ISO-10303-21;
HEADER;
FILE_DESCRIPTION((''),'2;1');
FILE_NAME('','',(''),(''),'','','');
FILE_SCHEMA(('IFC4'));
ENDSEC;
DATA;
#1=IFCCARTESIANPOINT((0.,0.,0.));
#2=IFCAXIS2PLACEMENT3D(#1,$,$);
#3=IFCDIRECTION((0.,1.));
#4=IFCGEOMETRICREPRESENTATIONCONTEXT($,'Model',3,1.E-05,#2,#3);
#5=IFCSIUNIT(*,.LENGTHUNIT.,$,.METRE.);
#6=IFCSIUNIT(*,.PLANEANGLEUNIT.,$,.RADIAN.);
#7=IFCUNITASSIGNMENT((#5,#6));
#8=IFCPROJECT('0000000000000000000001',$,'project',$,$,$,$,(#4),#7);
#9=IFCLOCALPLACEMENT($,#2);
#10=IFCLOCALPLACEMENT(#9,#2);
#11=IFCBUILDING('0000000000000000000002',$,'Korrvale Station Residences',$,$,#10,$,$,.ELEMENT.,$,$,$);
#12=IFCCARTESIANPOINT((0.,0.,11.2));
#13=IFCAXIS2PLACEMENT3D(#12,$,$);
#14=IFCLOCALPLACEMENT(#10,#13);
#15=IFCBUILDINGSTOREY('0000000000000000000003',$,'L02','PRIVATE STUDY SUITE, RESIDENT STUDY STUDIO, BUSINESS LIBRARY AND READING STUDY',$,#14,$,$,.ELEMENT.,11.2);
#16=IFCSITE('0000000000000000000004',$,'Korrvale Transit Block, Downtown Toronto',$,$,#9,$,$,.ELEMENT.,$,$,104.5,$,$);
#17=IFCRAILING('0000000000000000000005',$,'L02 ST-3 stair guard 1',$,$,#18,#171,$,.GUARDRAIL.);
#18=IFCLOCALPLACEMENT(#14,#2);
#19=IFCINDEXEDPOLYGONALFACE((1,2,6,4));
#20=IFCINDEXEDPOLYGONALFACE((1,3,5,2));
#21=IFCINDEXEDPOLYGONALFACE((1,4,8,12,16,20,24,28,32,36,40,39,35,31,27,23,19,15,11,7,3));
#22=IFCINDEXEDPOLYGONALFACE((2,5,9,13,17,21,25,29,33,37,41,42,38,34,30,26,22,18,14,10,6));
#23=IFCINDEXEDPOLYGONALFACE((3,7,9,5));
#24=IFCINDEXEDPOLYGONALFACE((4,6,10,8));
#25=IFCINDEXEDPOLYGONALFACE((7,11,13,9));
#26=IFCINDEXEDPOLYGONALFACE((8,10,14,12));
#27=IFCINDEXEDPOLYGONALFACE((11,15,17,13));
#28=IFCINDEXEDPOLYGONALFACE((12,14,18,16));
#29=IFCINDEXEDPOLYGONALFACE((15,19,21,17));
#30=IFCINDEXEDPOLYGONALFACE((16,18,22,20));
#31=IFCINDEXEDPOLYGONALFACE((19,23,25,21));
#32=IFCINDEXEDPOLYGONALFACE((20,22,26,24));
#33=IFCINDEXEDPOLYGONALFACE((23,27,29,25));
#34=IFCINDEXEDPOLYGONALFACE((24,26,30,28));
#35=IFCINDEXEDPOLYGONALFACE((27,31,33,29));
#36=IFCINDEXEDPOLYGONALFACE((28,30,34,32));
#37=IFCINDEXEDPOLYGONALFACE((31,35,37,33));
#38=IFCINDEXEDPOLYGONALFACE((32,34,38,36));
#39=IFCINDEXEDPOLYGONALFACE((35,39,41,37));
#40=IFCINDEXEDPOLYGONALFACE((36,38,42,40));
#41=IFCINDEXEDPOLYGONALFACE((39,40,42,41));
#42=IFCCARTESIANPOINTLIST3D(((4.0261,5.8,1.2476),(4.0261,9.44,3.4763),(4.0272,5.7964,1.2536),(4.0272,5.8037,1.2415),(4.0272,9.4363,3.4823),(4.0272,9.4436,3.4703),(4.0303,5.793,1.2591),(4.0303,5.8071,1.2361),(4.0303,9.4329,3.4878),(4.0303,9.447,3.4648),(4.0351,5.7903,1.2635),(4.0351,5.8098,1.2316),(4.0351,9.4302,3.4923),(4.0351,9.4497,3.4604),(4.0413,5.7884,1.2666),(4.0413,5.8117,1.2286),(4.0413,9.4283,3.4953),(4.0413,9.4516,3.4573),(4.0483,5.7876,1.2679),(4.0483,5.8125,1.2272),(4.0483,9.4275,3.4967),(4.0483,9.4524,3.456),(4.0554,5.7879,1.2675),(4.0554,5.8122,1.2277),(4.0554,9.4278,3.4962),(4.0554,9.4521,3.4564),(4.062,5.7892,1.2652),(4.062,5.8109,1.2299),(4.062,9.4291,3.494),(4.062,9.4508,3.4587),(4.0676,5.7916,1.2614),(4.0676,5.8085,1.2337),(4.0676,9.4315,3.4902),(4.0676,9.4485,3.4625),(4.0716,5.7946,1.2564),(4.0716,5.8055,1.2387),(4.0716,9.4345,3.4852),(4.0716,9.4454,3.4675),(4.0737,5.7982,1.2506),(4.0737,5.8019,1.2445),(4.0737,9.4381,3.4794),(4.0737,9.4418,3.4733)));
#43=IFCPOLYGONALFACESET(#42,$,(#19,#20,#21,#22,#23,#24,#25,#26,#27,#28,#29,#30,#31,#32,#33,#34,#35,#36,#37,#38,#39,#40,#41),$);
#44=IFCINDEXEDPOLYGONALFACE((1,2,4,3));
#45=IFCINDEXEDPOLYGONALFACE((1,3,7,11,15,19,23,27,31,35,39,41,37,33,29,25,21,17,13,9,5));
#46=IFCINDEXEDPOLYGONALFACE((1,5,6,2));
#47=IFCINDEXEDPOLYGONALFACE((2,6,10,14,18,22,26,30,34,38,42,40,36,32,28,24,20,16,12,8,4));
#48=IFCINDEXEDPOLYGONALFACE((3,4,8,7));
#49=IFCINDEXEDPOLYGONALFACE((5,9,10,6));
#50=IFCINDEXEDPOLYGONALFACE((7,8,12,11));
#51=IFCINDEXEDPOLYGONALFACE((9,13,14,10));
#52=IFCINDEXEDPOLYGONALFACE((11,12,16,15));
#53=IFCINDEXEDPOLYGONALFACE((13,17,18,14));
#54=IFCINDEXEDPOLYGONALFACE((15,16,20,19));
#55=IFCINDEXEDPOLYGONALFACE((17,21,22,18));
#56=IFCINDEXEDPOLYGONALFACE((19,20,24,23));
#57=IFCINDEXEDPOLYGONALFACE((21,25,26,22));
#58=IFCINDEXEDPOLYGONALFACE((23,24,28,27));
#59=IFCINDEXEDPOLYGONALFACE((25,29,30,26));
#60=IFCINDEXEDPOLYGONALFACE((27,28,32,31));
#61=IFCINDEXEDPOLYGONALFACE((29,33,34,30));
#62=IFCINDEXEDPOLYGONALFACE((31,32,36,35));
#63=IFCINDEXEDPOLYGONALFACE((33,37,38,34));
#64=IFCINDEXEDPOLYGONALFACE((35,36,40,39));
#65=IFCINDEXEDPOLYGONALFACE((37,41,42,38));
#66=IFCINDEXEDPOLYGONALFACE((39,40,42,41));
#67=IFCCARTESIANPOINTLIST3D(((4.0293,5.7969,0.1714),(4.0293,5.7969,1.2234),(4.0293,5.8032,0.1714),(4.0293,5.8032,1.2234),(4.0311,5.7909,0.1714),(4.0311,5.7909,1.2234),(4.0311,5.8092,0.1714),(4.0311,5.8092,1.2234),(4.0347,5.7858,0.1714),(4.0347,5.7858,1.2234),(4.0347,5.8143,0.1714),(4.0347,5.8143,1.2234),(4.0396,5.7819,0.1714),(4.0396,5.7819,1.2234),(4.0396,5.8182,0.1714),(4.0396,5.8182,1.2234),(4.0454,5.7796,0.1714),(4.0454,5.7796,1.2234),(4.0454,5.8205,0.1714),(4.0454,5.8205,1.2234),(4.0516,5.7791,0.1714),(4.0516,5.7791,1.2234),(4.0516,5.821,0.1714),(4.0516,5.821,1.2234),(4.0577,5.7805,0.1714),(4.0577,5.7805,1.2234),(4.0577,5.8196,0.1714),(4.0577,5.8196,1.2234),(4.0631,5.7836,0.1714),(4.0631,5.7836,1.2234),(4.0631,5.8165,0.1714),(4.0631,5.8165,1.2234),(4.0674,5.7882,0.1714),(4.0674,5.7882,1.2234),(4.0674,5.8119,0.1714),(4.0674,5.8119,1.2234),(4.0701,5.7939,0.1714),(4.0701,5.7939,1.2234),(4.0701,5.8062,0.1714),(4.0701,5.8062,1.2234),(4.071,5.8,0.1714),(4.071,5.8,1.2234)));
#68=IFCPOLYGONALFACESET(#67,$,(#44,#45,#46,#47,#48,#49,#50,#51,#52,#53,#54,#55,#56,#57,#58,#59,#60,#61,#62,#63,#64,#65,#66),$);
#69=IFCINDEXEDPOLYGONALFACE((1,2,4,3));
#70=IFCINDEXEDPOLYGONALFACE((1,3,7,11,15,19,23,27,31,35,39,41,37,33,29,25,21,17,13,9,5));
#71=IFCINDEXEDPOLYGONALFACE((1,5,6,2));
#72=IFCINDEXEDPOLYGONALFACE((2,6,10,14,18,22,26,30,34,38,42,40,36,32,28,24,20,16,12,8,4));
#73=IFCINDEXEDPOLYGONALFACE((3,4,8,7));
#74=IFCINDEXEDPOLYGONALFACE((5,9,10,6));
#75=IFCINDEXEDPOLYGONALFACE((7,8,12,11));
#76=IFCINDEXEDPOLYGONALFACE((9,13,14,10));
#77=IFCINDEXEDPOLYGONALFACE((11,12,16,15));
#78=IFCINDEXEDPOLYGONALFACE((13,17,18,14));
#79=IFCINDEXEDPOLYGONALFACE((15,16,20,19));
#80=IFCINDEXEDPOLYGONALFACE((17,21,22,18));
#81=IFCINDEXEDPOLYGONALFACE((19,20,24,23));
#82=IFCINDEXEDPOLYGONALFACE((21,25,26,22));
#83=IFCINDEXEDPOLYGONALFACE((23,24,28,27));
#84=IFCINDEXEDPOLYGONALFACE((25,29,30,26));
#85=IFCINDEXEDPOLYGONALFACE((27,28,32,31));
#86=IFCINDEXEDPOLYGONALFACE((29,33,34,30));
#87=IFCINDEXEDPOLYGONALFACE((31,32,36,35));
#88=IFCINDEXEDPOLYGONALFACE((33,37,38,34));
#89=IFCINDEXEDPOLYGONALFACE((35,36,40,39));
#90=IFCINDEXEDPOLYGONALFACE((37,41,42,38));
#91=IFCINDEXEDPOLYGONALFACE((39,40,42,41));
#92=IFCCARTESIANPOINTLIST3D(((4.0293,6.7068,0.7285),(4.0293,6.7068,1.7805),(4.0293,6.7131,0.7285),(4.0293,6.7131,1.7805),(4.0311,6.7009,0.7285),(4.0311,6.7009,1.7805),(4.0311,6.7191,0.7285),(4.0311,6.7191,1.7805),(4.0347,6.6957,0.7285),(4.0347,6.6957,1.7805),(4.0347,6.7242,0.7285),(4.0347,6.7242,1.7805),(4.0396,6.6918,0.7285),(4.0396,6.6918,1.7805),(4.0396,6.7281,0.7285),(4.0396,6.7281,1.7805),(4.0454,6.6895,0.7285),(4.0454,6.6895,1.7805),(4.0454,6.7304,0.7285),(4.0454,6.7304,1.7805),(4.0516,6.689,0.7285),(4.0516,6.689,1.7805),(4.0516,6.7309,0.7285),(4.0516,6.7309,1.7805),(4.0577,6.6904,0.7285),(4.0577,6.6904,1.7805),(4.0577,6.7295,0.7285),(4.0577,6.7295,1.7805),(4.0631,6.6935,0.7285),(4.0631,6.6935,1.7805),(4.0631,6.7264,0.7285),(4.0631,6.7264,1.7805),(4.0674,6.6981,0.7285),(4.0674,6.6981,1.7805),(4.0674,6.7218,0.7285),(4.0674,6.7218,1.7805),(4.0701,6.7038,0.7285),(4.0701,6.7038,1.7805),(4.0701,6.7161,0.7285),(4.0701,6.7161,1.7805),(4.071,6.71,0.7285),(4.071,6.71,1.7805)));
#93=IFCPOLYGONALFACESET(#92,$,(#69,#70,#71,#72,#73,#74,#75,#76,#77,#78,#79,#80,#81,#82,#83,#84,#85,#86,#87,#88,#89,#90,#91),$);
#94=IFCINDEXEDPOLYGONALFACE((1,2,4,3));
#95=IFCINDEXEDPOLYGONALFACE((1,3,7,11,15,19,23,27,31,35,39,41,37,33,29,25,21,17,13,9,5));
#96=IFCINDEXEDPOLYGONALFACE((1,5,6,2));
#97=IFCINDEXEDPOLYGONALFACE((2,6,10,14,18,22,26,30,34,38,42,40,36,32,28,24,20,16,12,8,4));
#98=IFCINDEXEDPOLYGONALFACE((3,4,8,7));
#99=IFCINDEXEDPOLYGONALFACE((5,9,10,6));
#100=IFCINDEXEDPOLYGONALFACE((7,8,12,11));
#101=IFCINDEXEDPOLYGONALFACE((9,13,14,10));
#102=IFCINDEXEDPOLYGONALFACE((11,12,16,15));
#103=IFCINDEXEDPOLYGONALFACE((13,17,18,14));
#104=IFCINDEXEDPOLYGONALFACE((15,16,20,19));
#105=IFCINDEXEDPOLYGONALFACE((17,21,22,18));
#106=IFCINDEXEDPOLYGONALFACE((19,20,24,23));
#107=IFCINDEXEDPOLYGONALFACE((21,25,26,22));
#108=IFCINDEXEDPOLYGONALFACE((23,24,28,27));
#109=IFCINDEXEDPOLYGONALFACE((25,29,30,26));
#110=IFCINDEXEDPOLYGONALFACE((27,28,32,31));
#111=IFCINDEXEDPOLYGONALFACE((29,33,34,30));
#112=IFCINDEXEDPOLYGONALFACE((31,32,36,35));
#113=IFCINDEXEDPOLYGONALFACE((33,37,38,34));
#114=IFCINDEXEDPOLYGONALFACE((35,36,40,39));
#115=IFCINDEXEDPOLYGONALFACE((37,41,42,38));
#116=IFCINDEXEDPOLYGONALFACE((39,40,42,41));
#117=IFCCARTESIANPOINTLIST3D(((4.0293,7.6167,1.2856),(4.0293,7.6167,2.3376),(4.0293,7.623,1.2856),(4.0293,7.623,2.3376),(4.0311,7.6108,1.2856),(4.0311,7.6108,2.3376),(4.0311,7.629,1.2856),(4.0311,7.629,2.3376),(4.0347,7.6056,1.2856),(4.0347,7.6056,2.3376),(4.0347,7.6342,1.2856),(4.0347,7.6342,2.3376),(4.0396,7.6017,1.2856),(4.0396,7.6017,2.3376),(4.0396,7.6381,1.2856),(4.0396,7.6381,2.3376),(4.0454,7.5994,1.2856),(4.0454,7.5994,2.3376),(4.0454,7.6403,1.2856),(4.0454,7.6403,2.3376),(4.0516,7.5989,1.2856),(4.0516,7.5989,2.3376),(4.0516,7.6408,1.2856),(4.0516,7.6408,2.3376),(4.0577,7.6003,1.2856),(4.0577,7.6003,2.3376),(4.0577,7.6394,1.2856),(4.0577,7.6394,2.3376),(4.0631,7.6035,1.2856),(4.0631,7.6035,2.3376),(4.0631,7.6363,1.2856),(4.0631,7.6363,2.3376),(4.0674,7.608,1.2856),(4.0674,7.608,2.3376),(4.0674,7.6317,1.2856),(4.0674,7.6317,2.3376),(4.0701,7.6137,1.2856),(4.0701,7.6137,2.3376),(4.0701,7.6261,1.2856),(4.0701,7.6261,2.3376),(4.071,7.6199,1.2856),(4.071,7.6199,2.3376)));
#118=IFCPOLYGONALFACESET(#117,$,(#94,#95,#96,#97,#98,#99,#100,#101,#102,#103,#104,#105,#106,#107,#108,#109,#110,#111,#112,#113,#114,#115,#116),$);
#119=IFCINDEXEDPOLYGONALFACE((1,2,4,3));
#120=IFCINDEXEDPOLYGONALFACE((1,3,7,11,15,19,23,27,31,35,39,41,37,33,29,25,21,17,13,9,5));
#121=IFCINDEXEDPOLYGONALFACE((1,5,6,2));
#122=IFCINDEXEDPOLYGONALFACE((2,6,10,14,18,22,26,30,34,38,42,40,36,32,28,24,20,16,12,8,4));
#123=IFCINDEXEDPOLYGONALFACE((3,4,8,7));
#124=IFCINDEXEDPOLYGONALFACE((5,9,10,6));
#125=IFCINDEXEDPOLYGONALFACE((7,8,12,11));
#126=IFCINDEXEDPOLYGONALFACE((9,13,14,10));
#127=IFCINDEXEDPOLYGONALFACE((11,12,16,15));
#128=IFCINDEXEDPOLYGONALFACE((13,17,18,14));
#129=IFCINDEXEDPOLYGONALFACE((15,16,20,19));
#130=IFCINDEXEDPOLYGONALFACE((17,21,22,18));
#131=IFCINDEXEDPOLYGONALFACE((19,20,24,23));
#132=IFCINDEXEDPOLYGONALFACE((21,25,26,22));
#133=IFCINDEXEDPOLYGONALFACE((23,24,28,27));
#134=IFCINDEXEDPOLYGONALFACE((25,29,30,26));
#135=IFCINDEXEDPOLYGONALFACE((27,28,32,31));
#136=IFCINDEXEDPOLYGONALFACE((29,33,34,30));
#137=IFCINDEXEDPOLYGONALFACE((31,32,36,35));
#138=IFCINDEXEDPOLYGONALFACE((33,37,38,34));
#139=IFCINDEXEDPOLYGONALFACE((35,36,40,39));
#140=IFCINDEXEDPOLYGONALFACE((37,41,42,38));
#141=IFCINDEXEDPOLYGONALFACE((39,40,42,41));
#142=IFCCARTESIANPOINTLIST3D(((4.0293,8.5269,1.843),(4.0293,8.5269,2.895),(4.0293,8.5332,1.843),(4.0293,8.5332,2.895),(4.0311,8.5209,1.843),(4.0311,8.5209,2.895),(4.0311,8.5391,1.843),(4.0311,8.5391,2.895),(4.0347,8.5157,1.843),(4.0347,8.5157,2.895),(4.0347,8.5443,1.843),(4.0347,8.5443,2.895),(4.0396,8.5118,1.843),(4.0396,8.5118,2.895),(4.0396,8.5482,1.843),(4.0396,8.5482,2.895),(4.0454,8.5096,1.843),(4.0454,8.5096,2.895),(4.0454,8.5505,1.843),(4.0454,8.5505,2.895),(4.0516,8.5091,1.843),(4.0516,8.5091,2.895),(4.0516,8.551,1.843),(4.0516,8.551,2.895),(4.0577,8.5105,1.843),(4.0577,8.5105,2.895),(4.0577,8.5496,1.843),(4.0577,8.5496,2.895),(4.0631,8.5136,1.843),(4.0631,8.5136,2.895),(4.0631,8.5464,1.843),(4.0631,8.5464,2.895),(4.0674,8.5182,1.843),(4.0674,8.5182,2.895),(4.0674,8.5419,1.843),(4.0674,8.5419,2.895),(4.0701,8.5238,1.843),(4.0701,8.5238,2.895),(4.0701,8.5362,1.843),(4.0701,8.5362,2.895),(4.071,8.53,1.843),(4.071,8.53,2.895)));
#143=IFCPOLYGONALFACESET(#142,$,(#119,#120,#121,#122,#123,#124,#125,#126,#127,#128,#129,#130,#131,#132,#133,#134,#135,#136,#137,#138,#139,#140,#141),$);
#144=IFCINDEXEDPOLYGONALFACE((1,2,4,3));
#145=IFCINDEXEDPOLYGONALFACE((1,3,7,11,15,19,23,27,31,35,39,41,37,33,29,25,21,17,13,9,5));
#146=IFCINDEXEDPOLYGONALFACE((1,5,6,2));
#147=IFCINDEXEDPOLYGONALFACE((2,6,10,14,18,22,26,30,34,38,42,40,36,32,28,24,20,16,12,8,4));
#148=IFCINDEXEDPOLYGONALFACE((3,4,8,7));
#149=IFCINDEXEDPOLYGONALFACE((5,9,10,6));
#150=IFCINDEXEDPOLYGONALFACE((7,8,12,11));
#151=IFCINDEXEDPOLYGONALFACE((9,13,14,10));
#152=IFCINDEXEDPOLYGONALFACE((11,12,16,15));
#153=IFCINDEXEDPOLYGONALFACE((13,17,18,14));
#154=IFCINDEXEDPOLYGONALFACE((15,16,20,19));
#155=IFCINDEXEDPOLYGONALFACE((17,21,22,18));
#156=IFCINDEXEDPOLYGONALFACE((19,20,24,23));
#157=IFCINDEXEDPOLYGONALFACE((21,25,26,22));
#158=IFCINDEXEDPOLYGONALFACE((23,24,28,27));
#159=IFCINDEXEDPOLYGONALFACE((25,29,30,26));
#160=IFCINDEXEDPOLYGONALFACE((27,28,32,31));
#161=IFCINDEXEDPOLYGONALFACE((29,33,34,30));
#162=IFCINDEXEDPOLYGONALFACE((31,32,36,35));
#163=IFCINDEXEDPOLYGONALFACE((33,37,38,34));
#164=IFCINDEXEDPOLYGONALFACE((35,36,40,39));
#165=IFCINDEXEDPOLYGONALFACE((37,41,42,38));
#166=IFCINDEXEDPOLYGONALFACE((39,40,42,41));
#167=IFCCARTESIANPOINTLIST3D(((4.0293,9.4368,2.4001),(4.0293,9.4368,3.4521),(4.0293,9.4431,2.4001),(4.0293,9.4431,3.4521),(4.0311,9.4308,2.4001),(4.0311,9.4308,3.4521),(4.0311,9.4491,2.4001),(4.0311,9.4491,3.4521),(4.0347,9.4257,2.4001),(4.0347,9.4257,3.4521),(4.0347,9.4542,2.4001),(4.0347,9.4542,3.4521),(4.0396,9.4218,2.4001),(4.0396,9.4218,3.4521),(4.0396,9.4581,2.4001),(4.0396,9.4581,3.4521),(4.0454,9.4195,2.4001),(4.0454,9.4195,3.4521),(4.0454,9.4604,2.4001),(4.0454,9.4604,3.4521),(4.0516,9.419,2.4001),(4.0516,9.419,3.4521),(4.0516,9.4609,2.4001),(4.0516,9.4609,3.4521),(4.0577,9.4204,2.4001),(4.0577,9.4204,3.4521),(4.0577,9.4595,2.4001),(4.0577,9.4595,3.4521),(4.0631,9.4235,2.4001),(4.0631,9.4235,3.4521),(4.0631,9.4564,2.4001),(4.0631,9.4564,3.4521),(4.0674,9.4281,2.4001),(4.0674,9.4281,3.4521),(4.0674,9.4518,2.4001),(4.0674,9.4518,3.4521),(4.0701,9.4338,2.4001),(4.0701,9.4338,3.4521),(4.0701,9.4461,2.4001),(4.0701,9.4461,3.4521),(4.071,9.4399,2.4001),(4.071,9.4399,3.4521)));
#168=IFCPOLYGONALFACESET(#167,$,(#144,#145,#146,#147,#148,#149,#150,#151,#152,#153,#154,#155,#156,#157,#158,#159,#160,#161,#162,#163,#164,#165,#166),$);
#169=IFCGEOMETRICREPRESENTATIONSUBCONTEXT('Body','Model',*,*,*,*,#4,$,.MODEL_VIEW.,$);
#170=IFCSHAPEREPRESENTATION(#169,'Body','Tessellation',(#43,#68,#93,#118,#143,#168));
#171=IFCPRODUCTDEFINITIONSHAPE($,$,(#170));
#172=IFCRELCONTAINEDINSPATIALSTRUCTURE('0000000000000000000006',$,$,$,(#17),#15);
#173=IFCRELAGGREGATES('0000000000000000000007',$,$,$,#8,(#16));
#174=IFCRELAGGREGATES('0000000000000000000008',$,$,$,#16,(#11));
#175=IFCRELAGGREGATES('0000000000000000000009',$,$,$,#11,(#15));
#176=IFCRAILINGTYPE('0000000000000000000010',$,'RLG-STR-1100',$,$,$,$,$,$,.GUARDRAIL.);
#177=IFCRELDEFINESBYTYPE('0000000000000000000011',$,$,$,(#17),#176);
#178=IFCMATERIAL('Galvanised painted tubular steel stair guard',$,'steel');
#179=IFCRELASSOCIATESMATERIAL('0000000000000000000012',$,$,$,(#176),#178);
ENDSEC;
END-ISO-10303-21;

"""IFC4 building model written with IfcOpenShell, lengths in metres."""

from ifc_helpers import new_model, si_unit, direction, frame, origin, origin_2d, place, context, subcontext, project, spatial, circle, extrude, material, type_object, element, save


model = new_model("IFC4")

# Units and contexts
model_context = context("Model", 3, precision=1e-05, world=origin(), true_north=direction((0.0, 1.0)))
body_context = subcontext(model_context, "Body", "Model", "MODEL_VIEW")
ifc_project = project(units=[si_unit("LENGTHUNIT", "METRE"), si_unit("PLANEANGLEUNIT", "RADIAN")], contexts=[model_context])

# Site, building, storey
site_placement = place(None, origin())
site = spatial("IfcSite", under=ifc_project, at=site_placement, Name="Korrvale Transit Block, Downtown Toronto", CompositionType="ELEMENT", RefElevation=104.5)
building_placement = place(site_placement, origin())
building = spatial("IfcBuilding", under=site, at=building_placement, Name="Korrvale Station Residences", CompositionType="ELEMENT")
storey_placement = place(building_placement, frame((0.0, 0.0, 11.2)))
storey = spatial("IfcBuildingStorey", under=building, at=storey_placement, Name="L02", Description="PRIVATE STUDY SUITE, RESIDENT STUDY STUDIO, BUSINESS LIBRARY AND READING STUDY", CompositionType="ELEMENT", Elevation=11.2)

# Railing
ifc_material_1 = material(Name="Galvanised painted tubular steel stair guard", Category="steel")
railing_type = type_object("IfcRailingType", Name="RLG-STR-1100", PredefinedType="GUARDRAIL", material=ifc_material_1)
railing_1_placement = place(storey_placement, frame((4.05, 5.8, 0.1714)))
element("IfcRailing", 1, at=railing_1_placement, inside=storey, type_object=railing_type, Name="L02 ST-3 stair guard 1", PredefinedType="GUARDRAIL", context=body_context, shape_type="SweptSolid", body=[
    extrude(circle(Radius=0.0239, at=origin_2d()), frame((0.0, 0.0, 1.0762), z_axis=(0.0, 0.852825, 0.522197), x_axis=(-1.0, 0.0, 0.0)), (0.0, 0.0, 1.0), 4.2681),
    extrude(circle(Radius=0.021, at=origin_2d()), origin(), (0.0, 0.0, 1.0), 1.052),
    extrude(circle(Radius=0.021, at=origin_2d()), frame((0.0, 0.9099, 0.5571)), (0.0, 0.0, 1.0), 1.052),
    extrude(circle(Radius=0.021, at=origin_2d()), frame((0.0, 1.8198, 1.1143)), (0.0, 0.0, 1.0), 1.052),
    extrude(circle(Radius=0.021, at=origin_2d()), frame((0.0, 2.73, 1.6716)), (0.0, 0.0, 1.0), 1.052),
    extrude(circle(Radius=0.021, at=origin_2d()), frame((0.0, 3.6399, 2.2288)), (0.0, 0.0, 1.0), 1.052),
])

save(model, "model.ifc")
